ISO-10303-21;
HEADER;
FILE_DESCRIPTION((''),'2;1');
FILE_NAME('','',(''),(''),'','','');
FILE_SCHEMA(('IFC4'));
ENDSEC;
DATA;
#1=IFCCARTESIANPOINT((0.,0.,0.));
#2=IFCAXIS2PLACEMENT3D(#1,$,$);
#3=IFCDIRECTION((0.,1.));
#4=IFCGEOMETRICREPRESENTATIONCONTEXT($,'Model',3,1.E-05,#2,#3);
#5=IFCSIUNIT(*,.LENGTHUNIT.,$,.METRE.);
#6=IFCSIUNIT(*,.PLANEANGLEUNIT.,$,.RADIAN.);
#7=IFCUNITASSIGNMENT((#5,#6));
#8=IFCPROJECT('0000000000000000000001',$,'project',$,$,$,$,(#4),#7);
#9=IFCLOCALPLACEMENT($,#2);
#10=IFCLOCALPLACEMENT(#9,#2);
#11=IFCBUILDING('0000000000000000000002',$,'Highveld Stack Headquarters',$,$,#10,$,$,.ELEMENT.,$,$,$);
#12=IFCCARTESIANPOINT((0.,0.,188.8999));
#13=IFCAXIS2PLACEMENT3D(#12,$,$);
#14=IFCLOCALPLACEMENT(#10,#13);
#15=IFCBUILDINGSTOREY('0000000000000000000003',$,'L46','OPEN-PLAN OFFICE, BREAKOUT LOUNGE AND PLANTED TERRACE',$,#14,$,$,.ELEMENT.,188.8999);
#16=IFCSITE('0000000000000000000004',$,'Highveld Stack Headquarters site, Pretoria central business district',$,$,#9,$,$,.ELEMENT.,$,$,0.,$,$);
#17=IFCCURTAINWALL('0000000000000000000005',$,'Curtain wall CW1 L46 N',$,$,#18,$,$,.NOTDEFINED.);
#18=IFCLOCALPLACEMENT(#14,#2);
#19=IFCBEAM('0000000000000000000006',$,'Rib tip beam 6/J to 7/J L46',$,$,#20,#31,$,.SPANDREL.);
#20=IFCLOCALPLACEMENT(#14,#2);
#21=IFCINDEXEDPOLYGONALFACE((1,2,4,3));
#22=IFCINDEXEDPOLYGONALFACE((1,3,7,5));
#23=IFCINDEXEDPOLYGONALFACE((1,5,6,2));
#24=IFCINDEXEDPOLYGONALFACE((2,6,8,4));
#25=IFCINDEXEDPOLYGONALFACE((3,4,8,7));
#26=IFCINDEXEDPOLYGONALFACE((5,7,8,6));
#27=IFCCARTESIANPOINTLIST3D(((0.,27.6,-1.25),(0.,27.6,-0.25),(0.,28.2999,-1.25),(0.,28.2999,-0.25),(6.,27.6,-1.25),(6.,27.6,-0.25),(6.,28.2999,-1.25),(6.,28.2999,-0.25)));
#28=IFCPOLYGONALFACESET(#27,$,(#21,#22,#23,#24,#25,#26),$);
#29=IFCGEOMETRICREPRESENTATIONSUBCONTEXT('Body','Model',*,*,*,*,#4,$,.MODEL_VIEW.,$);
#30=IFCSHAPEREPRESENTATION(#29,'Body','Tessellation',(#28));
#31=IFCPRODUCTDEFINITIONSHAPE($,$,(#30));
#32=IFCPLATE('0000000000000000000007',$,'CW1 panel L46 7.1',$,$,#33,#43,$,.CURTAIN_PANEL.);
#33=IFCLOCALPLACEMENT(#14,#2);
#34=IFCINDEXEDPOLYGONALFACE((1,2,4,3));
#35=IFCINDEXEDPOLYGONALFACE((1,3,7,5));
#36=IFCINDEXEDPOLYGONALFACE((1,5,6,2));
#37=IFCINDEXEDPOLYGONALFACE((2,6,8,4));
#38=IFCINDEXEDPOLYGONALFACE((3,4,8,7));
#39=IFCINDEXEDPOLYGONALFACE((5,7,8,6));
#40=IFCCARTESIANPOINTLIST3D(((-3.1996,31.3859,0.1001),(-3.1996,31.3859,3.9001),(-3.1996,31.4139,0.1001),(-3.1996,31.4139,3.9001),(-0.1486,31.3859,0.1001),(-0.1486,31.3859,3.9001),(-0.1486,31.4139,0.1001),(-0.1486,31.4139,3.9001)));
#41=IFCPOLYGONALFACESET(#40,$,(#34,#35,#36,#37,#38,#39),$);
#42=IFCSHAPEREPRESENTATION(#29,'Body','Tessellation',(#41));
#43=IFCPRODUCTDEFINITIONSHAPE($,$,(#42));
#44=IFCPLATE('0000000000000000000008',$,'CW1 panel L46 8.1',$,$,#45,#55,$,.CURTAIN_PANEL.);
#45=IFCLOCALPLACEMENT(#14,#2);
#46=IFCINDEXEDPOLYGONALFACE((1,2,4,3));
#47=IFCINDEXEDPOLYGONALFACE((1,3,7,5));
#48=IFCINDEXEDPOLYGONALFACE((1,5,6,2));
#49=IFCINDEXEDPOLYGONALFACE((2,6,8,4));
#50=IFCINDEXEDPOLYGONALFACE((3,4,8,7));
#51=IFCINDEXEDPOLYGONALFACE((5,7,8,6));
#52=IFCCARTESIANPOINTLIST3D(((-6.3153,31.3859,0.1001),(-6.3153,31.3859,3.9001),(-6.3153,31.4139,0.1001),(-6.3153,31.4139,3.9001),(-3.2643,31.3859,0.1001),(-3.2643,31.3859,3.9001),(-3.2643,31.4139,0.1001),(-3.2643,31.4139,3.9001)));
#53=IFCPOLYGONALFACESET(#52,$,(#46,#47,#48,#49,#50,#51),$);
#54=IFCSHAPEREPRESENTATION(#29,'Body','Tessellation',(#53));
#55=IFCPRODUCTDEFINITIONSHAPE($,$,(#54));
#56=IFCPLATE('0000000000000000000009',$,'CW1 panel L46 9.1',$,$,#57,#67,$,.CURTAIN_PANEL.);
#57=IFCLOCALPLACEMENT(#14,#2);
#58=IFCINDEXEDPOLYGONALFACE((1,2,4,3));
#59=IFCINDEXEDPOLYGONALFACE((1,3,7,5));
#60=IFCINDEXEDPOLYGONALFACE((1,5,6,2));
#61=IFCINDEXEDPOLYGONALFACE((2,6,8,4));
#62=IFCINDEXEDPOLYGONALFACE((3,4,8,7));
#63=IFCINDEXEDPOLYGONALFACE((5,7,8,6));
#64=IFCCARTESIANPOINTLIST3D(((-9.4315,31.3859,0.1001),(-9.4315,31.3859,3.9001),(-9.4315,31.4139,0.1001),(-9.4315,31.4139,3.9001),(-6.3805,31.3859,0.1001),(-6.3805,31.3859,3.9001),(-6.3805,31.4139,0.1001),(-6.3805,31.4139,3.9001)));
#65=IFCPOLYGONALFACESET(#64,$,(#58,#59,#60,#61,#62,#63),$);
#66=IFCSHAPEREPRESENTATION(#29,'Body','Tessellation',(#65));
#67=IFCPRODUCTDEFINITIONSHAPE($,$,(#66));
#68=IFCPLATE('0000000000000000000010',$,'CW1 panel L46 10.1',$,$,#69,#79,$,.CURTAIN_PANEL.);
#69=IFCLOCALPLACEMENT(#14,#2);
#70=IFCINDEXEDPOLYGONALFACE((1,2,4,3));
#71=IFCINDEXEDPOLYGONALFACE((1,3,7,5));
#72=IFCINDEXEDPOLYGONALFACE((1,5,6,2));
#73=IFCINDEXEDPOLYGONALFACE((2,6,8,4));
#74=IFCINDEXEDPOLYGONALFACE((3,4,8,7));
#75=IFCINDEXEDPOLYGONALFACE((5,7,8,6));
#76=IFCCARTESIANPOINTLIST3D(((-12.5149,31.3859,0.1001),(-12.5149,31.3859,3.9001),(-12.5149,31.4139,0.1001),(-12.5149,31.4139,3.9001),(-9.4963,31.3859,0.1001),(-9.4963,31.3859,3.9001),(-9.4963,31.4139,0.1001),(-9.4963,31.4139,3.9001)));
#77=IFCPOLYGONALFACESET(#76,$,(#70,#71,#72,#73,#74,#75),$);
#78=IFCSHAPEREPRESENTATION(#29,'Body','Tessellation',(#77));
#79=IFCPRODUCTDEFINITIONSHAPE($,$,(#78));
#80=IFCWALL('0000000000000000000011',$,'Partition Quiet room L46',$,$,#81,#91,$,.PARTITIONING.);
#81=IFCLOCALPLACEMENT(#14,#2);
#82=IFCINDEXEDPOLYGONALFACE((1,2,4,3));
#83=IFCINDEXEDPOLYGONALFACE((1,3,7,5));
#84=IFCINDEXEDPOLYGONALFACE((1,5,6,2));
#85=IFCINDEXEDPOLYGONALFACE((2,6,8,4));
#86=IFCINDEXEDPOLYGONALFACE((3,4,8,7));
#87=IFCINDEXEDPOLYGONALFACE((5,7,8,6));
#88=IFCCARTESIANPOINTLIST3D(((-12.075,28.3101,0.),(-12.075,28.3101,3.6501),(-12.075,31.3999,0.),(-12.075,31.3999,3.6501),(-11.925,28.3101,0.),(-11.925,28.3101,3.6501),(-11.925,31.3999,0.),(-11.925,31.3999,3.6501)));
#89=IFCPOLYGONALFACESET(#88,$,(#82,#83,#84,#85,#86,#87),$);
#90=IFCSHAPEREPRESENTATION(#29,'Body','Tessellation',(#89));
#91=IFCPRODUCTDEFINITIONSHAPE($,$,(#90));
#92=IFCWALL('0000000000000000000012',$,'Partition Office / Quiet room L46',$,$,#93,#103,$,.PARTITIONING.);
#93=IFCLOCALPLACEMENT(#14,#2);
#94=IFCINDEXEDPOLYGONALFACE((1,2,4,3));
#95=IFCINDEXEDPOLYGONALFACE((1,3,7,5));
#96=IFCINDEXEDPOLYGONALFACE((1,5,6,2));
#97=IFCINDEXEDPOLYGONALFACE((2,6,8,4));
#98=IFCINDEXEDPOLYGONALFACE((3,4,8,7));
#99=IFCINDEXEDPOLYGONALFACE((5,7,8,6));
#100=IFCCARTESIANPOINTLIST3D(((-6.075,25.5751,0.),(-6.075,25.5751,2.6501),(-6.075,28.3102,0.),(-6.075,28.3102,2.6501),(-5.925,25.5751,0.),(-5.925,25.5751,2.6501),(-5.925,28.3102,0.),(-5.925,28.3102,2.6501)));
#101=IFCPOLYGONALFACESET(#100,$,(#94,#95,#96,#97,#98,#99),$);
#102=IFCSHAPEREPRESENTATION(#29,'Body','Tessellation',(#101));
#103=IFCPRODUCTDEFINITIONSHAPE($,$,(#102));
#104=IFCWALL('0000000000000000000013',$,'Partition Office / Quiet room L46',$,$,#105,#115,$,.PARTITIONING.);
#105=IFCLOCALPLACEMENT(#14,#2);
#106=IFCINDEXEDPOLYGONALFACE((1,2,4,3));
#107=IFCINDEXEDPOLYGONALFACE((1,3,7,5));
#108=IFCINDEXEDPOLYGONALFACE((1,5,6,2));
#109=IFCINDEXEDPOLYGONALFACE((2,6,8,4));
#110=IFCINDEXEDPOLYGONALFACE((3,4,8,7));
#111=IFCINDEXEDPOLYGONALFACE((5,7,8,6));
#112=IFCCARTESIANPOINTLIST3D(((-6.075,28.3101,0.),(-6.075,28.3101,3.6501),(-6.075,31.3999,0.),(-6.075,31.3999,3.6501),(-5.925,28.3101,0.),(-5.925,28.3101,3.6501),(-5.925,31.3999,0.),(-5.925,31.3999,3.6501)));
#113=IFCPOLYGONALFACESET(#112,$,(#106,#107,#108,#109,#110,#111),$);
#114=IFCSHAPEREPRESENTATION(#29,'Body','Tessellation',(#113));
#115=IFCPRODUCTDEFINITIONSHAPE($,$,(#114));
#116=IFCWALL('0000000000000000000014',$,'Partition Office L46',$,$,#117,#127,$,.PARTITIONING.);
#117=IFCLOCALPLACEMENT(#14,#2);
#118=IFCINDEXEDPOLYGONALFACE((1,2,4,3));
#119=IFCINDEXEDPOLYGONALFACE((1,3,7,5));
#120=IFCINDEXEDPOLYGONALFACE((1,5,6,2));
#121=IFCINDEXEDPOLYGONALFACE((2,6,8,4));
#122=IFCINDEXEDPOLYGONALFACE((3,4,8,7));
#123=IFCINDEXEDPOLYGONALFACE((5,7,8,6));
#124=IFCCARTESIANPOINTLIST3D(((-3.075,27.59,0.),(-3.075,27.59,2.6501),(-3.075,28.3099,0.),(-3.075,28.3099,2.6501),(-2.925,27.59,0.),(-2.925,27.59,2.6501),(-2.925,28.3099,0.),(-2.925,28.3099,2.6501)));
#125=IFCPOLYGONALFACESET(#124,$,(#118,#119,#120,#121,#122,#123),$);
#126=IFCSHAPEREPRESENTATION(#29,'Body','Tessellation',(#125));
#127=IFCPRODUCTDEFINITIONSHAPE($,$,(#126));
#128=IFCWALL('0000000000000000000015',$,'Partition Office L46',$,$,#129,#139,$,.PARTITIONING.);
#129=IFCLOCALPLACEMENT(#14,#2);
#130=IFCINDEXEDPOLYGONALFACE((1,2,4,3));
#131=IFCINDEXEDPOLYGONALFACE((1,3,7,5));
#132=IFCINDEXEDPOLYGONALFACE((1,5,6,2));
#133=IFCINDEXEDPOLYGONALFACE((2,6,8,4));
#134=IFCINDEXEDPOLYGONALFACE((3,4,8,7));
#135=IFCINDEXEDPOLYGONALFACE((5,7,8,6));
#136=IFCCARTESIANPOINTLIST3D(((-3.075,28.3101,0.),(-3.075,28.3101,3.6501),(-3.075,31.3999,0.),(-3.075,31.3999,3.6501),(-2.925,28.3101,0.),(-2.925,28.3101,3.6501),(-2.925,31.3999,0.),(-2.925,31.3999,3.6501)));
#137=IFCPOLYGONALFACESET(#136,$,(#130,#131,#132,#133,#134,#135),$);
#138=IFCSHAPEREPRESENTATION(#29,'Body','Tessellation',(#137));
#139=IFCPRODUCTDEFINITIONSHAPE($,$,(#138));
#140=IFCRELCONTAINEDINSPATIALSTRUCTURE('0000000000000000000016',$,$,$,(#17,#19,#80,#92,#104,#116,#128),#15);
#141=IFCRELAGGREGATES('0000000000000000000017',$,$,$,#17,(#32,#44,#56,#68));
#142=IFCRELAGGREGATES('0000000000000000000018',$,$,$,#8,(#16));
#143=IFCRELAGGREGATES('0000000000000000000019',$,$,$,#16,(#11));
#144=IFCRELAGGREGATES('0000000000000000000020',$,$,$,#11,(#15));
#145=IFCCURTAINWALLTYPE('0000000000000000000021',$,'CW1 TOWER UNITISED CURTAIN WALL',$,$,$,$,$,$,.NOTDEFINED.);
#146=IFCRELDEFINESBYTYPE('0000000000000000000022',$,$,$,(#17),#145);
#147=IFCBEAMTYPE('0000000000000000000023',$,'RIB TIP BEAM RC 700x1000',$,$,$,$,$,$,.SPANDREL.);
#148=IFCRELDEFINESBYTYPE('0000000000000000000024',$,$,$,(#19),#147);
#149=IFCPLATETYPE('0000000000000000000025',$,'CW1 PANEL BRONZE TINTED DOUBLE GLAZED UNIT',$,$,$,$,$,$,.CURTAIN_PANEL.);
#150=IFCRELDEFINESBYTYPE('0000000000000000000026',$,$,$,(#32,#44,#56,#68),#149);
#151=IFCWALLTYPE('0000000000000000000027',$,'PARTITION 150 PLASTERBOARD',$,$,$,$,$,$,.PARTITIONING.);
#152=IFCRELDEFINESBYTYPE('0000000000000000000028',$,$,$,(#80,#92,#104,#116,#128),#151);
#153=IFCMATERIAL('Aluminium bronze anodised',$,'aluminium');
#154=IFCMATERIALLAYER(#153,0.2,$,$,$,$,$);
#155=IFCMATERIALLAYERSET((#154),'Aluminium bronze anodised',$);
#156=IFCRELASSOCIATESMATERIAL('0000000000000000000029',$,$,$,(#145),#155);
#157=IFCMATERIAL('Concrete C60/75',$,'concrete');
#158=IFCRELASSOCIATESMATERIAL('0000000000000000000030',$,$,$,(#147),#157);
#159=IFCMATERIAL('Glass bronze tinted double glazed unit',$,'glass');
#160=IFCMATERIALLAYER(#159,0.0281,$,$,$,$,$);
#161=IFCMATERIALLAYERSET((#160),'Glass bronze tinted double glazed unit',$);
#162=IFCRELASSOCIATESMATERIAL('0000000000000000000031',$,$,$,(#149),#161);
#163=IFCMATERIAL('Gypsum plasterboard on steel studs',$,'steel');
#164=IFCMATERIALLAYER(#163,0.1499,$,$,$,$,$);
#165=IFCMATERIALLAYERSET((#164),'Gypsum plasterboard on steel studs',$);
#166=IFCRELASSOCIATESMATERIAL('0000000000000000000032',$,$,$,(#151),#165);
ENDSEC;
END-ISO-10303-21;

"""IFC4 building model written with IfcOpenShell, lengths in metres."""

from ifc_helpers import new_model, si_unit, direction, frame, frame_2d, origin, origin_2d, place, context, subcontext, project, spatial, rectangle, extrude, material, layer, layer_set, material_profile, profile_set, type_object, element, aggregate, save


model = new_model("IFC4")

# Units and contexts
model_context = context("Model", 3, precision=1e-05, world=origin(), true_north=direction((0.0, 1.0)))
body_context = subcontext(model_context, "Body", "Model", "MODEL_VIEW")
ifc_project = project(units=[si_unit("LENGTHUNIT", "METRE"), si_unit("PLANEANGLEUNIT", "RADIAN")], contexts=[model_context])

# Site, building, storey
site_placement = place(None, origin())
site = spatial("IfcSite", under=ifc_project, at=site_placement, Name="Highveld Stack Headquarters site, Pretoria central business district", CompositionType="ELEMENT", RefElevation=0.0)
building_placement = place(site_placement, origin())
building = spatial("IfcBuilding", under=site, at=building_placement, Name="Highveld Stack Headquarters", CompositionType="ELEMENT")
storey_placement = place(building_placement, frame((0.0, 0.0, 188.8999)))
storey = spatial("IfcBuildingStorey", under=building, at=storey_placement, Name="L46", Description="OPEN-PLAN OFFICE, BREAKOUT LOUNGE AND PLANTED TERRACE", CompositionType="ELEMENT", Elevation=188.8999)

# Curtain wall
ifc_material_1 = material(Name="Aluminium bronze anodised", Category="aluminium")
ifc_layer_1 = layer(ifc_material_1, 0.2)
ifc_layer_set_1 = layer_set([ifc_layer_1], Name="Aluminium bronze anodised")
curtain_wall_type = type_object("IfcCurtainWallType", Name="CW1 TOWER UNITISED CURTAIN WALL", PredefinedType="NOTDEFINED", material=ifc_layer_set_1)
curtain_wall_placement = place(storey_placement, origin())
curtain_wall = element("IfcCurtainWall", 1, at=curtain_wall_placement, inside=storey, type_object=curtain_wall_type, Name="Curtain wall CW1 L46 N", PredefinedType="NOTDEFINED")

# Beam
ifc_material_2 = material(Name="Concrete C60/75", Category="concrete")
ifc_material_profile_1 = material_profile(ifc_material_2, rectangle(XDim=0.7, YDim=1.0, at=origin_2d()), Name="RC 700x1000")
ifc_profile_set_1 = profile_set([ifc_material_profile_1], Name="Concrete C60/75")
beam_type = type_object("IfcBeamType", Name="RIB TIP BEAM RC 700x1000", PredefinedType="SPANDREL", material=ifc_profile_set_1)
for number, where, z_axis, x_axis, name in (
    (2, (0.0, 27.95, -0.75), (1.0, 0.0, 0.0), (0.0, 1.0, 0.0), "Rib tip beam 6/J to 7/J L46"),
):
    element("IfcBeam", number, at=place(storey_placement, frame(where, z_axis=z_axis, x_axis=x_axis)), inside=storey, type_object=beam_type, Name=name, PredefinedType="SPANDREL", context=body_context, shape_type="SweptSolid", body=[
        extrude(rectangle(XDim=0.7, YDim=1.0, at=origin_2d()), origin(), (0.0, 0.0, 1.0), 6.0),
    ])

# Plates
ifc_material_3 = material(Name="Glass bronze tinted double glazed unit", Category="glass")
ifc_layer_2 = layer(ifc_material_3, 0.0281)
ifc_layer_set_2 = layer_set([ifc_layer_2], Name="Glass bronze tinted double glazed unit")
plate_type = type_object("IfcPlateType", Name="CW1 PANEL BRONZE TINTED DOUBLE GLAZED UNIT", PredefinedType="CURTAIN_PANEL", material=ifc_layer_set_2)
plate_1_placement = place(storey_placement, frame((-1.6741, 31.3999, 0.1001), z_axis=(0.0, 0.0, 1.0), x_axis=(-1.0, 0.0, 0.0)))
plate_1 = element("IfcPlate", 3, at=plate_1_placement, type_object=plate_type, Name="CW1 panel L46 7.1", PredefinedType="CURTAIN_PANEL", context=body_context, shape_type="SweptSolid", body=[
    extrude(rectangle(XDim=3.051, YDim=0.0281, at=origin_2d()), origin(), (0.0, 0.0, 1.0), 3.8),
])
plate_2_placement = place(storey_placement, frame((-4.7898, 31.3999, 0.1001), z_axis=(0.0, 0.0, 1.0), x_axis=(-1.0, 0.0, 0.0)))
plate_2 = element("IfcPlate", 4, at=plate_2_placement, type_object=plate_type, Name="CW1 panel L46 8.1", PredefinedType="CURTAIN_PANEL", context=body_context, shape_type="SweptSolid", body=[
    extrude(rectangle(XDim=3.051, YDim=0.0281, at=origin_2d()), origin(), (0.0, 0.0, 1.0), 3.8),
])
plate_3_placement = place(storey_placement, frame((-7.906, 31.3999, 0.1001), z_axis=(0.0, 0.0, 1.0), x_axis=(-1.0, 0.0, 0.0)))
plate_3 = element("IfcPlate", 5, at=plate_3_placement, type_object=plate_type, Name="CW1 panel L46 9.1", PredefinedType="CURTAIN_PANEL", context=body_context, shape_type="SweptSolid", body=[
    extrude(rectangle(XDim=3.051, YDim=0.0281, at=origin_2d()), origin(), (0.0, 0.0, 1.0), 3.8),
])
plate_4_placement = place(storey_placement, frame((-11.0056, 31.3999, 0.1001), z_axis=(0.0, 0.0, 1.0), x_axis=(-1.0, 0.0, 0.0)))
plate_4 = element("IfcPlate", 6, at=plate_4_placement, type_object=plate_type, Name="CW1 panel L46 10.1", PredefinedType="CURTAIN_PANEL", context=body_context, shape_type="SweptSolid", body=[
    extrude(rectangle(XDim=3.0186, YDim=0.0281, at=origin_2d()), origin(), (0.0, 0.0, 1.0), 3.8),
])
aggregate(curtain_wall, [plate_1, plate_2, plate_3, plate_4])

# Walls
ifc_material_4 = material(Name="Gypsum plasterboard on steel studs", Category="steel")
ifc_layer_3 = layer(ifc_material_4, 0.1499)
ifc_layer_set_3 = layer_set([ifc_layer_3], Name="Gypsum plasterboard on steel studs")
wall_type = type_object("IfcWallType", Name="PARTITION 150 PLASTERBOARD", PredefinedType="PARTITIONING", material=ifc_layer_set_3)
wall_1_placement = place(storey_placement, frame((-12.0, 28.3101, 0.0), z_axis=(0.0, 0.0, 1.0), x_axis=(0.0, 1.0, 0.0)))
element("IfcWall", 7, at=wall_1_placement, inside=storey, type_object=wall_type, Name="Partition Quiet room L46", PredefinedType="PARTITIONING", context=body_context, shape_type="SweptSolid", body=[
    extrude(rectangle(XDim=3.0898, YDim=0.1499, at=frame_2d((1.5449, 0.0))), origin(), (0.0, 0.0, 1.0), 3.6501),
])
wall_2_placement = place(storey_placement, frame((-6.0, 25.575, 0.0), z_axis=(0.0, 0.0, 1.0), x_axis=(0.0, 1.0, 0.0)))
element("IfcWall", 8, at=wall_2_placement, inside=storey, type_object=wall_type, Name="Partition Office / Quiet room L46", PredefinedType="PARTITIONING", context=body_context, shape_type="SweptSolid", body=[
    extrude(rectangle(XDim=2.7351, YDim=0.1499, at=frame_2d((1.3677, 0.0))), origin(), (0.0, 0.0, 1.0), 2.6501),
])
wall_3_placement = place(storey_placement, frame((-6.0, 28.3101, 0.0), z_axis=(0.0, 0.0, 1.0), x_axis=(0.0, 1.0, 0.0)))
element("IfcWall", 9, at=wall_3_placement, inside=storey, type_object=wall_type, Name="Partition Office / Quiet room L46", PredefinedType="PARTITIONING", context=body_context, shape_type="SweptSolid", body=[
    extrude(rectangle(XDim=3.0898, YDim=0.1499, at=frame_2d((1.5449, 0.0))), origin(), (0.0, 0.0, 1.0), 3.6501),
])
wall_4_placement = place(storey_placement, frame((-3.0, 27.5901, 0.0), z_axis=(0.0, 0.0, 1.0), x_axis=(0.0, 1.0, 0.0)))
element("IfcWall", 10, at=wall_4_placement, inside=storey, type_object=wall_type, Name="Partition Office L46", PredefinedType="PARTITIONING", context=body_context, shape_type="SweptSolid", body=[
    extrude(rectangle(XDim=0.72, YDim=0.1499, at=frame_2d((0.3599, 0.0))), origin(), (0.0, 0.0, 1.0), 2.6501),
])
wall_5_placement = place(storey_placement, frame((-3.0, 28.3101, 0.0), z_axis=(0.0, 0.0, 1.0), x_axis=(0.0, 1.0, 0.0)))
element("IfcWall", 11, at=wall_5_placement, inside=storey, type_object=wall_type, Name="Partition Office L46", PredefinedType="PARTITIONING", context=body_context, shape_type="SweptSolid", body=[
    extrude(rectangle(XDim=3.0898, YDim=0.1499, at=frame_2d((1.5449, 0.0))), origin(), (0.0, 0.0, 1.0), 3.6501),
])

save(model, "model.ifc")
